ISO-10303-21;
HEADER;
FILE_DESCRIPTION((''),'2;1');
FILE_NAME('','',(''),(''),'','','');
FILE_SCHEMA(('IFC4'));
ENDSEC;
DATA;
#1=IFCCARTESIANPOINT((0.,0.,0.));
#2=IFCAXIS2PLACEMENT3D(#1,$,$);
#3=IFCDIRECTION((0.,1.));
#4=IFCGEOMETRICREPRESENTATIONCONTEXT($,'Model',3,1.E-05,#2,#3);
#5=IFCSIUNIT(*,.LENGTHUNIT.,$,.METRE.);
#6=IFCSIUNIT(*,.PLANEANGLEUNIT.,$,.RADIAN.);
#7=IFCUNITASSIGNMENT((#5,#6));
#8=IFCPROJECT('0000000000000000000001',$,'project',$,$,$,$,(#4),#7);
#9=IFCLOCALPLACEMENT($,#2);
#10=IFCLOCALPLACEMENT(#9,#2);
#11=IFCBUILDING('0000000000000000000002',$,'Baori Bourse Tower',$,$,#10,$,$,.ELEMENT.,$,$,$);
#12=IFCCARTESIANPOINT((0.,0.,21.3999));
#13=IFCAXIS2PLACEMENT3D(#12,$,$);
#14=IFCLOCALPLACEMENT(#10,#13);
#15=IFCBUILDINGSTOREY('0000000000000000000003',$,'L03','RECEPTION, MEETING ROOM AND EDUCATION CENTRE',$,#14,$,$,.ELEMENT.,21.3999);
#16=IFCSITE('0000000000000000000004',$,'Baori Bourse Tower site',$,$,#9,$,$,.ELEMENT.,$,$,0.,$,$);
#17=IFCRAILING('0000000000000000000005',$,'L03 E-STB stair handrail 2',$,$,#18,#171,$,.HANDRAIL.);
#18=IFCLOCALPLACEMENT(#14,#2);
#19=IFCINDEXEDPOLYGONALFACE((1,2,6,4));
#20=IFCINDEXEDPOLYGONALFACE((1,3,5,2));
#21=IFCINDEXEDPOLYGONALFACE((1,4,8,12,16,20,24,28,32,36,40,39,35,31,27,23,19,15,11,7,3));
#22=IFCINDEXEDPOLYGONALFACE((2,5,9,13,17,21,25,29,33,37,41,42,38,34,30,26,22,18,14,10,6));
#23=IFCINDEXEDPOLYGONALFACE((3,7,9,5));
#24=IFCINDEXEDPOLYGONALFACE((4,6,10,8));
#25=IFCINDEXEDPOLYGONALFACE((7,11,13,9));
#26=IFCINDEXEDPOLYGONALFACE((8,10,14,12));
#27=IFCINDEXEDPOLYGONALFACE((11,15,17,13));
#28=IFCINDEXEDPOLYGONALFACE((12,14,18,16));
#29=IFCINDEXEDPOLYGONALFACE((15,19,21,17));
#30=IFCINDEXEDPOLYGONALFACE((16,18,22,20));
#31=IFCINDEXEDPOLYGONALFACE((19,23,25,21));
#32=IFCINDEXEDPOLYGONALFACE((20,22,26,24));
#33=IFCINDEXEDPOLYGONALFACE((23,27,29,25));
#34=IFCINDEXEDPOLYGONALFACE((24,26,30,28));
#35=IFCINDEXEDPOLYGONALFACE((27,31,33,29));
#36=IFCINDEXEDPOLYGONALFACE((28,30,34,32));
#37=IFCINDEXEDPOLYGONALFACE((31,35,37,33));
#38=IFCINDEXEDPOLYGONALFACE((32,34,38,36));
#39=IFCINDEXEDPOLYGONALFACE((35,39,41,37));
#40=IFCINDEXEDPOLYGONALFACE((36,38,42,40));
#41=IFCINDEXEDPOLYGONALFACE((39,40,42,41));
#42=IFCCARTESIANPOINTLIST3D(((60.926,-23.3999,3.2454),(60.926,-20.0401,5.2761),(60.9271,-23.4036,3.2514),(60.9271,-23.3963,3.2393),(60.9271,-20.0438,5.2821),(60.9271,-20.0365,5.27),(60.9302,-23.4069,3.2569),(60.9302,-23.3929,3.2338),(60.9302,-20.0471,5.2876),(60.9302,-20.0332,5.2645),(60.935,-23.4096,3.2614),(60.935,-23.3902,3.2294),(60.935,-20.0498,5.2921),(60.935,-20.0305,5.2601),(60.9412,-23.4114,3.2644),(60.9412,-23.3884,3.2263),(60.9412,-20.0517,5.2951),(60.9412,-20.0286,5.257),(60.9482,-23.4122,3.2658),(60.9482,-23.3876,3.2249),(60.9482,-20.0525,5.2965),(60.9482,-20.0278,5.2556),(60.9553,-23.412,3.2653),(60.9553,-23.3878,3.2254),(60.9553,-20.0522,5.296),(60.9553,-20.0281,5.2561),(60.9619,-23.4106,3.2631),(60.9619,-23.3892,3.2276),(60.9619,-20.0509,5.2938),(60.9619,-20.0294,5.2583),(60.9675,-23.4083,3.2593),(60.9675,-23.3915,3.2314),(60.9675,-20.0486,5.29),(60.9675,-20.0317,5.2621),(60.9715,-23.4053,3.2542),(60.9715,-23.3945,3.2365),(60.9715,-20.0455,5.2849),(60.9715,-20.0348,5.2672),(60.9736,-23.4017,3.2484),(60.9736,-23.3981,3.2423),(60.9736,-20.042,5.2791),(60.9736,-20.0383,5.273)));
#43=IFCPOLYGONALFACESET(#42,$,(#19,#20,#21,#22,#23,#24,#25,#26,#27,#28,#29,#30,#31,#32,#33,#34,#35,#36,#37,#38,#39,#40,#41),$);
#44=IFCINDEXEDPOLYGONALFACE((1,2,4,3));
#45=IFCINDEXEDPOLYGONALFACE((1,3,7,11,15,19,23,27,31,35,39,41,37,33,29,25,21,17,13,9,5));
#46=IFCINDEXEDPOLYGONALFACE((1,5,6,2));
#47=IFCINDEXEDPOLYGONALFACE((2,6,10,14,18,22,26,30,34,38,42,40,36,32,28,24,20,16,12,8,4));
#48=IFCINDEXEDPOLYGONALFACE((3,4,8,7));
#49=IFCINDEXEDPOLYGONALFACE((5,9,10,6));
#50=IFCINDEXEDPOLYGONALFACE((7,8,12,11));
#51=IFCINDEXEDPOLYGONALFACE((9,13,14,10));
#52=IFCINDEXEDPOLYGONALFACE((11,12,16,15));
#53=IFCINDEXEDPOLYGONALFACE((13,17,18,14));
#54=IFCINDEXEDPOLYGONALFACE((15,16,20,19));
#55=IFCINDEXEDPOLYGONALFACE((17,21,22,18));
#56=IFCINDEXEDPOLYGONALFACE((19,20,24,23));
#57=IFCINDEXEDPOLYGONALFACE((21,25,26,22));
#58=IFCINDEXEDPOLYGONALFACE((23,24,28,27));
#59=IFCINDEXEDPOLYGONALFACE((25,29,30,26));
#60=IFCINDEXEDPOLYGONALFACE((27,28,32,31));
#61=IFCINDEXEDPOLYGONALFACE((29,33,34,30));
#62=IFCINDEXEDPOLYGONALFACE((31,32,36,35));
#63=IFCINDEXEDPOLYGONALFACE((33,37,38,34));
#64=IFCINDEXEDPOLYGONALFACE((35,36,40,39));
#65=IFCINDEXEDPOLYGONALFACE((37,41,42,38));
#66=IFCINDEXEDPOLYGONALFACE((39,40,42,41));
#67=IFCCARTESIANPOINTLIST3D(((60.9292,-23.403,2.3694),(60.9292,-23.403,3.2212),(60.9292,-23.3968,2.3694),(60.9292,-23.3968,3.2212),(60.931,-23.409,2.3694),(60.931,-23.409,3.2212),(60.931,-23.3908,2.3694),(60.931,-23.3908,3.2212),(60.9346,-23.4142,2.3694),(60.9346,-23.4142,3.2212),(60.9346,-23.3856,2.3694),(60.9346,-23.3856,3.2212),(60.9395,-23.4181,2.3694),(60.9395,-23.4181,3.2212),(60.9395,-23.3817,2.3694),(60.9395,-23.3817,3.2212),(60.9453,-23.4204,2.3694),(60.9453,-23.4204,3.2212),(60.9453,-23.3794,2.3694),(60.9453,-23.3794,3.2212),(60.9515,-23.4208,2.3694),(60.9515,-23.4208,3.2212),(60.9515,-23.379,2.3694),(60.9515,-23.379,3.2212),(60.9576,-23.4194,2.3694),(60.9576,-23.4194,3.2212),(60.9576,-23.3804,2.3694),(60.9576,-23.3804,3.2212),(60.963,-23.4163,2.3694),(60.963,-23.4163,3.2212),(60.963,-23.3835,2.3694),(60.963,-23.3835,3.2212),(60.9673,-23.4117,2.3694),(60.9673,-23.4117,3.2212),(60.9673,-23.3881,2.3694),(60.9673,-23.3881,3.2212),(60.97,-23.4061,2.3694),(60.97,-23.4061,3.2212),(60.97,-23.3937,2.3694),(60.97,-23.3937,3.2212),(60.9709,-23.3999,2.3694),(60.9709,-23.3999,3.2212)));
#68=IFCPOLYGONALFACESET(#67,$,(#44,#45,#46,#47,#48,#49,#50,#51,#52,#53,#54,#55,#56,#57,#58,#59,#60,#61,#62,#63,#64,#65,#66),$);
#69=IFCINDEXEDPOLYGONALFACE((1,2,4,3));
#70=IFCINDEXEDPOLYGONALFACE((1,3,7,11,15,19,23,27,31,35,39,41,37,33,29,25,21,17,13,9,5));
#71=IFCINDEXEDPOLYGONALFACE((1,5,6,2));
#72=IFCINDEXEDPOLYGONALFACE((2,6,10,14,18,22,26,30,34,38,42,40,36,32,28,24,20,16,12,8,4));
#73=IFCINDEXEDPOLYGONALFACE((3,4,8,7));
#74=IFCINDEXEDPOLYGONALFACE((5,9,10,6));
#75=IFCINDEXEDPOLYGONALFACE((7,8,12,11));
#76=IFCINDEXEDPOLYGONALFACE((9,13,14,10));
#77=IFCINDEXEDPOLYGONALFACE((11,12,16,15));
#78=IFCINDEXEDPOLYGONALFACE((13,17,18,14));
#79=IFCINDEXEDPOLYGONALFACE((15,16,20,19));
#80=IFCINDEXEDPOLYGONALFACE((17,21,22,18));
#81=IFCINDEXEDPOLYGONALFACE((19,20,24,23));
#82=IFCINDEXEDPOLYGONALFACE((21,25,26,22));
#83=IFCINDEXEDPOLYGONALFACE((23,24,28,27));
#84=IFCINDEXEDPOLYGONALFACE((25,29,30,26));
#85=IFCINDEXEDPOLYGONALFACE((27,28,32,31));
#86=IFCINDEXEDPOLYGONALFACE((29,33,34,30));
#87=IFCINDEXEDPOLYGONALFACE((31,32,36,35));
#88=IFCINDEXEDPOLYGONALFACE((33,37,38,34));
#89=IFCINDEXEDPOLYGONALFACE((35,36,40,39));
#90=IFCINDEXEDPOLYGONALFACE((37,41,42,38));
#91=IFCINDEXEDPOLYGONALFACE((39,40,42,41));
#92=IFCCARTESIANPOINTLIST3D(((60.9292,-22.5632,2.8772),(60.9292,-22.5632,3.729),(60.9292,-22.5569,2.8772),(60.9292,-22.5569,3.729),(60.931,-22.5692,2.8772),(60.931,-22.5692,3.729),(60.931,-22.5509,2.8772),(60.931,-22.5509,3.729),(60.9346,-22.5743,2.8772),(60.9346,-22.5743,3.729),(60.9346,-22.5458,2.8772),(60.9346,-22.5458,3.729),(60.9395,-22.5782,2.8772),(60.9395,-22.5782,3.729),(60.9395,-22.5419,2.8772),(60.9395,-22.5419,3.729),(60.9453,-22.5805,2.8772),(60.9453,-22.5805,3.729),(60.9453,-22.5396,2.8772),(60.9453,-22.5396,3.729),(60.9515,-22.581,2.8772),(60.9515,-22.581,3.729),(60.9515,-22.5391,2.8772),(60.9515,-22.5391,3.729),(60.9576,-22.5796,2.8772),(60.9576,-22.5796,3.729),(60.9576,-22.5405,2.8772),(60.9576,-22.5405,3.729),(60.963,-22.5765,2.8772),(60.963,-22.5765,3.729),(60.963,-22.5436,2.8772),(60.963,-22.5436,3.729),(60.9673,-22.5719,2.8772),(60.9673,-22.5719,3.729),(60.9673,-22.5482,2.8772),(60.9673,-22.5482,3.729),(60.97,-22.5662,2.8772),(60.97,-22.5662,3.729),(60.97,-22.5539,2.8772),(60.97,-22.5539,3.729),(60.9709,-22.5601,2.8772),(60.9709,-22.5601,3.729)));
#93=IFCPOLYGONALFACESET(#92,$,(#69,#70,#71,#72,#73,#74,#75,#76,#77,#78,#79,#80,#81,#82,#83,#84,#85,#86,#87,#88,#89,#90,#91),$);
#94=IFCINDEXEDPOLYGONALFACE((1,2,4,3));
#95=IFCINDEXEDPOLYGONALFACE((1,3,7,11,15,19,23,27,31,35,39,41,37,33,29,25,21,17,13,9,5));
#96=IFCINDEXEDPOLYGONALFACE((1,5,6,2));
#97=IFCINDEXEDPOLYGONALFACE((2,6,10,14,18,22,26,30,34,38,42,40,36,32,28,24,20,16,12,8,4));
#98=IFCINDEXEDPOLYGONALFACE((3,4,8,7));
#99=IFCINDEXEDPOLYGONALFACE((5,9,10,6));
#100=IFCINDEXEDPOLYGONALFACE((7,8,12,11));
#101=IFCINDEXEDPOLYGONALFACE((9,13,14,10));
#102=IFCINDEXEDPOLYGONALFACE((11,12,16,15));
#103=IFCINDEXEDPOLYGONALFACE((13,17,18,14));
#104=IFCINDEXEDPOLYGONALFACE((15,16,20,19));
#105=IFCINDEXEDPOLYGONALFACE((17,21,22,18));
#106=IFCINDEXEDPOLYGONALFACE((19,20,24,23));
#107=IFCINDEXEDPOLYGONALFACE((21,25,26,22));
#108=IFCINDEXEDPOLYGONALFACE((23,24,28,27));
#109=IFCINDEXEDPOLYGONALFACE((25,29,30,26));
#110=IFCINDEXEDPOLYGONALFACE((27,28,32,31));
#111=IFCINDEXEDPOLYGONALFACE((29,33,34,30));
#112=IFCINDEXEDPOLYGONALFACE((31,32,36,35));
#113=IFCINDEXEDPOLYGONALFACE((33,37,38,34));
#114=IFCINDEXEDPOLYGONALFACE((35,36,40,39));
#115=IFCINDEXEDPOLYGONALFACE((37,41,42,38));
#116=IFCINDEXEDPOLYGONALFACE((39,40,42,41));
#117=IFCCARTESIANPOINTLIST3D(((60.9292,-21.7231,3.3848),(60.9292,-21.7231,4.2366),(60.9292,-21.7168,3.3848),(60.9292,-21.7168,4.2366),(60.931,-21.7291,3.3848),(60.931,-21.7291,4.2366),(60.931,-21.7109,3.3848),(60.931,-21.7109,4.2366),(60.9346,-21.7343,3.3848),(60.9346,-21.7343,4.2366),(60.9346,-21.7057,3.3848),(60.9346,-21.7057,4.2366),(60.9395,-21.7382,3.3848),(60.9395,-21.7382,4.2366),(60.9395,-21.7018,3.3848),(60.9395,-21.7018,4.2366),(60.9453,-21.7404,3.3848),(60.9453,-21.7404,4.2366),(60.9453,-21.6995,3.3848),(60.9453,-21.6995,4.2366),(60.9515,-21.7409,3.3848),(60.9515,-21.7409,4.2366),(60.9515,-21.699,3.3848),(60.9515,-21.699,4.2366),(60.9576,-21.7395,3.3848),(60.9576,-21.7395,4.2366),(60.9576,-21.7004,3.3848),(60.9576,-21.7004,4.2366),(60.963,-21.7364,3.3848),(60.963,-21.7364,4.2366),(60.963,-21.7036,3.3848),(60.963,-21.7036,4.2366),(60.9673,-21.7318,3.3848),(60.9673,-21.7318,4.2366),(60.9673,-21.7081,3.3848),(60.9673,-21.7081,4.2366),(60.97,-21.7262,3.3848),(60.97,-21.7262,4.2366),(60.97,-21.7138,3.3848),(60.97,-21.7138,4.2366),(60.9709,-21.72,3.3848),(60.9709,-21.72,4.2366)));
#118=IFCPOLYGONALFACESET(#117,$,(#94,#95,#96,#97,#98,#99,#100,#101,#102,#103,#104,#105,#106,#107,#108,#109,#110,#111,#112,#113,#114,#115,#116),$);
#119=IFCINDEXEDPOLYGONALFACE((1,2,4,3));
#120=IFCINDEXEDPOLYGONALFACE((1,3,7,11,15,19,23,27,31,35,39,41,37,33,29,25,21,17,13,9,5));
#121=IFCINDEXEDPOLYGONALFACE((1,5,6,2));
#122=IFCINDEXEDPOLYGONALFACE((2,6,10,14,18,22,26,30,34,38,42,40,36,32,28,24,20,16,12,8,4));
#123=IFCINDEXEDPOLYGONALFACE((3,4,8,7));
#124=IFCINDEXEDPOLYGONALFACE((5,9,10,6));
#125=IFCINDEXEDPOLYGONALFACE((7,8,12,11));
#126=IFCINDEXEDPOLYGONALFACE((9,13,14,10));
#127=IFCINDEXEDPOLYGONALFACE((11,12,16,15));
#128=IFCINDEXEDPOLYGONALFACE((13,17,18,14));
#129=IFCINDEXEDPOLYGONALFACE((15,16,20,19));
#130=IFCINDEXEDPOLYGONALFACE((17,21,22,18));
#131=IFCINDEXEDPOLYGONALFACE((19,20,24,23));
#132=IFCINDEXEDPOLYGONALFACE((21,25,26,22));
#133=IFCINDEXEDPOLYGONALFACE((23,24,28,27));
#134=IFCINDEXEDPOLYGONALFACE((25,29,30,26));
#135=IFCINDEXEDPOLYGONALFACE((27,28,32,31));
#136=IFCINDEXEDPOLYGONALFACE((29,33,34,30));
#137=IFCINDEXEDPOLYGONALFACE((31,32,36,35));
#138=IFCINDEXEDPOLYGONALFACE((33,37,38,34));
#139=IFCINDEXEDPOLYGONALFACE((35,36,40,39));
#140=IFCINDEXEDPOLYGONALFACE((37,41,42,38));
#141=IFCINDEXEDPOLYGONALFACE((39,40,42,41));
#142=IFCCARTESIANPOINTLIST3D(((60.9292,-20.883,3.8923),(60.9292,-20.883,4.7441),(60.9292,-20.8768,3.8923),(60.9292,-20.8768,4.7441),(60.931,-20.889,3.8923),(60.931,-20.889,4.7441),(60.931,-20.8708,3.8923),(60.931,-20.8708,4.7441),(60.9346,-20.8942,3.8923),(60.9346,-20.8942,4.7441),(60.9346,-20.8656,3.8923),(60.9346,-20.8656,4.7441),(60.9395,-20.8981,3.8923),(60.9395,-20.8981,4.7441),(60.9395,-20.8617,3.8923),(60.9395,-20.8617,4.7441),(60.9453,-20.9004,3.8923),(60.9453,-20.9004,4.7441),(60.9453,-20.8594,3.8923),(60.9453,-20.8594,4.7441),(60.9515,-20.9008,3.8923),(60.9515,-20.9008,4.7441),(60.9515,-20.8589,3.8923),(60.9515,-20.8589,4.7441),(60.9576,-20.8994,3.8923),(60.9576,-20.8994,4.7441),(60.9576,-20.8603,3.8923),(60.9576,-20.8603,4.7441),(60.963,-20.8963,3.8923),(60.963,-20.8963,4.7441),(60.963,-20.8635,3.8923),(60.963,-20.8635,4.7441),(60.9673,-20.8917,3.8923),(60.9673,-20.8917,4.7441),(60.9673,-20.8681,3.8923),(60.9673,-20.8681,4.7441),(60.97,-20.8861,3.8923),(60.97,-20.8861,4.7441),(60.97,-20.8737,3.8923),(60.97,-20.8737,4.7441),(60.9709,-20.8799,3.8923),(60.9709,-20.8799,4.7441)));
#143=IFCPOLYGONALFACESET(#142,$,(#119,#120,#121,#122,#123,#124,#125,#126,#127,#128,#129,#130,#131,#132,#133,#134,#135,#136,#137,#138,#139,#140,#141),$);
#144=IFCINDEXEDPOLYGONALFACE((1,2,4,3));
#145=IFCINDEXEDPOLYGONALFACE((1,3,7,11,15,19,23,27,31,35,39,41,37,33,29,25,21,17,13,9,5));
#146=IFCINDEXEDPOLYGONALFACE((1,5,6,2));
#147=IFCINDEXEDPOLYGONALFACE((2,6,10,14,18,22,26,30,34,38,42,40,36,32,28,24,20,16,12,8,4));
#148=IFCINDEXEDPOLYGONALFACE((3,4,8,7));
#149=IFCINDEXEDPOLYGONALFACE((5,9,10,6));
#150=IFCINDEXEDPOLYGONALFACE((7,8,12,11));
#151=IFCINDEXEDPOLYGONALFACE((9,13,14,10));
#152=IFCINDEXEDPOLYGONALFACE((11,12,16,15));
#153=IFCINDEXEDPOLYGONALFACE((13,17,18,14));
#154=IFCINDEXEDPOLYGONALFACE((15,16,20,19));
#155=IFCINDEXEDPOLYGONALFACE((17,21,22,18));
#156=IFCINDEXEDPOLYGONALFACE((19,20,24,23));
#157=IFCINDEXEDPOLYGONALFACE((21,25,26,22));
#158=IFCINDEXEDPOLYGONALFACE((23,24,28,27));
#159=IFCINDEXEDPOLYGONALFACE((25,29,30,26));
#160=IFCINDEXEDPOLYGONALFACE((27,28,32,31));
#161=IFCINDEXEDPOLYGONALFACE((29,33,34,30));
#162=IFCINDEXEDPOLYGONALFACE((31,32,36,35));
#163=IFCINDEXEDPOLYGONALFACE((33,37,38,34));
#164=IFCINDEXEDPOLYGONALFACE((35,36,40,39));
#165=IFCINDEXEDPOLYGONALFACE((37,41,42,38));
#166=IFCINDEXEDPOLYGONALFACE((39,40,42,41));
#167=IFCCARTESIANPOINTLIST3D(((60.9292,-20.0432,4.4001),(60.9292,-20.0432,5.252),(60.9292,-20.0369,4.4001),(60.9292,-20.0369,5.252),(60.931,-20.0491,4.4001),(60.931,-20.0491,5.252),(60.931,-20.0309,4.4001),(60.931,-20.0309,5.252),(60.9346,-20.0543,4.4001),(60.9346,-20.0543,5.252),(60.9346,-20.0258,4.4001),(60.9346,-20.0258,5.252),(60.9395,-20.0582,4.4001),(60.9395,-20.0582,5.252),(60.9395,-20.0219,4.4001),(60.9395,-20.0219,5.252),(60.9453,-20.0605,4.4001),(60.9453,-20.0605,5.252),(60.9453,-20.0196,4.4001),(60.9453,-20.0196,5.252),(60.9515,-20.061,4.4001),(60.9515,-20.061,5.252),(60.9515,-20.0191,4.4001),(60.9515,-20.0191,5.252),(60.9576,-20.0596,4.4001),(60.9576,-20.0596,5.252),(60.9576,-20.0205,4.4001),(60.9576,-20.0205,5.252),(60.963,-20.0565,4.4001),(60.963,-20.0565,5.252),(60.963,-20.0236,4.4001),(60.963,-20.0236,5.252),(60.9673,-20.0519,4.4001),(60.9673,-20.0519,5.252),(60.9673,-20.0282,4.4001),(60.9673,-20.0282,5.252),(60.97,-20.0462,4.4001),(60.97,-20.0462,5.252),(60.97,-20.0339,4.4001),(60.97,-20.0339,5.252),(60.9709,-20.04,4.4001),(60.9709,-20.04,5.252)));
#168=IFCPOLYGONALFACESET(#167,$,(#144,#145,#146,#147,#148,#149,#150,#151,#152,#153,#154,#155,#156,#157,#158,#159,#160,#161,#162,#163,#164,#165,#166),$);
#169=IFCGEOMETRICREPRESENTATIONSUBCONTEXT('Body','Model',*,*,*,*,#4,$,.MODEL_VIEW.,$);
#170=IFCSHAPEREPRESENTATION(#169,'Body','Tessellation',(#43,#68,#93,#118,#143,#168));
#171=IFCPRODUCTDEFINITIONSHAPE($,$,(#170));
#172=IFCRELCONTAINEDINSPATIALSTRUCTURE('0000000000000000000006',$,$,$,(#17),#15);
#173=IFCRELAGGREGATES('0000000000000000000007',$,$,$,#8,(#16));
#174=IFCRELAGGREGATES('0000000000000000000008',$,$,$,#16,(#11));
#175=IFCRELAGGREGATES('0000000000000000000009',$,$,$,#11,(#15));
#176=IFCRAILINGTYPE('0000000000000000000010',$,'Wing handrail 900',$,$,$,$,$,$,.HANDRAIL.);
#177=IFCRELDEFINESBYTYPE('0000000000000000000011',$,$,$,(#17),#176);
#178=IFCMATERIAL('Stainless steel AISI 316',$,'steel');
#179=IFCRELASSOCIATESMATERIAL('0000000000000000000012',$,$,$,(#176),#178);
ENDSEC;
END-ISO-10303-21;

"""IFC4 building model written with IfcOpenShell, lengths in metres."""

from ifc_helpers import new_model, si_unit, direction, frame, origin, origin_2d, place, context, subcontext, project, spatial, circle, extrude, material, type_object, element, save


model = new_model("IFC4")

# Units and contexts
model_context = context("Model", 3, precision=1e-05, world=origin(), true_north=direction((0.0, 1.0)))
body_context = subcontext(model_context, "Body", "Model", "MODEL_VIEW")
ifc_project = project(units=[si_unit("LENGTHUNIT", "METRE"), si_unit("PLANEANGLEUNIT", "RADIAN")], contexts=[model_context])

# Site, building, storey
site_placement = place(None, origin())
site = spatial("IfcSite", under=ifc_project, at=site_placement, Name="Baori Bourse Tower site", CompositionType="ELEMENT", RefElevation=0.0)
building_placement = place(site_placement, origin())
building = spatial("IfcBuilding", under=site, at=building_placement, Name="Baori Bourse Tower", CompositionType="ELEMENT")
storey_placement = place(building_placement, frame((0.0, 0.0, 21.3999)))
storey = spatial("IfcBuildingStorey", under=building, at=storey_placement, Name="L03", Description="RECEPTION, MEETING ROOM AND EDUCATION CENTRE", CompositionType="ELEMENT", Elevation=21.3999)

# Railing
ifc_material_1 = material(Name="Stainless steel AISI 316", Category="steel")
railing_type_1 = type_object("IfcRailingType", Name="Wing handrail 900", PredefinedType="HANDRAIL", material=ifc_material_1)
railing_1_placement = place(storey_placement, frame((60.95, -23.3999, 2.3694)))
element("IfcRailing", 1, at=railing_1_placement, inside=storey, type_object=railing_type_1, Name="L03 E-STB stair handrail 2", PredefinedType="HANDRAIL", context=body_context, shape_type="SweptSolid", body=[
    extrude(circle(Radius=0.0239, at=origin_2d()), frame((0.0, 0.0, 0.876), z_axis=(0.0, 0.85582, 0.517273), x_axis=(-1.0, 0.0, 0.0)), (0.0, 0.0, 1.0), 3.9258),
    extrude(circle(Radius=0.021, at=origin_2d()), origin(), (0.0, 0.0, 1.0), 0.8518),
    extrude(circle(Radius=0.021, at=origin_2d()), frame((0.0, 0.8398, 0.5078)), (0.0, 0.0, 1.0), 0.8518),
    extrude(circle(Radius=0.021, at=origin_2d()), frame((0.0, 1.6799, 1.0154)), (0.0, 0.0, 1.0), 0.8518),
    extrude(circle(Radius=0.021, at=origin_2d()), frame((0.0, 2.52, 1.5229)), (0.0, 0.0, 1.0), 0.8518),
    extrude(circle(Radius=0.021, at=origin_2d()), frame((0.0, 3.3599, 2.0308)), (0.0, 0.0, 1.0), 0.8518),
])

save(model, "model.ifc")
